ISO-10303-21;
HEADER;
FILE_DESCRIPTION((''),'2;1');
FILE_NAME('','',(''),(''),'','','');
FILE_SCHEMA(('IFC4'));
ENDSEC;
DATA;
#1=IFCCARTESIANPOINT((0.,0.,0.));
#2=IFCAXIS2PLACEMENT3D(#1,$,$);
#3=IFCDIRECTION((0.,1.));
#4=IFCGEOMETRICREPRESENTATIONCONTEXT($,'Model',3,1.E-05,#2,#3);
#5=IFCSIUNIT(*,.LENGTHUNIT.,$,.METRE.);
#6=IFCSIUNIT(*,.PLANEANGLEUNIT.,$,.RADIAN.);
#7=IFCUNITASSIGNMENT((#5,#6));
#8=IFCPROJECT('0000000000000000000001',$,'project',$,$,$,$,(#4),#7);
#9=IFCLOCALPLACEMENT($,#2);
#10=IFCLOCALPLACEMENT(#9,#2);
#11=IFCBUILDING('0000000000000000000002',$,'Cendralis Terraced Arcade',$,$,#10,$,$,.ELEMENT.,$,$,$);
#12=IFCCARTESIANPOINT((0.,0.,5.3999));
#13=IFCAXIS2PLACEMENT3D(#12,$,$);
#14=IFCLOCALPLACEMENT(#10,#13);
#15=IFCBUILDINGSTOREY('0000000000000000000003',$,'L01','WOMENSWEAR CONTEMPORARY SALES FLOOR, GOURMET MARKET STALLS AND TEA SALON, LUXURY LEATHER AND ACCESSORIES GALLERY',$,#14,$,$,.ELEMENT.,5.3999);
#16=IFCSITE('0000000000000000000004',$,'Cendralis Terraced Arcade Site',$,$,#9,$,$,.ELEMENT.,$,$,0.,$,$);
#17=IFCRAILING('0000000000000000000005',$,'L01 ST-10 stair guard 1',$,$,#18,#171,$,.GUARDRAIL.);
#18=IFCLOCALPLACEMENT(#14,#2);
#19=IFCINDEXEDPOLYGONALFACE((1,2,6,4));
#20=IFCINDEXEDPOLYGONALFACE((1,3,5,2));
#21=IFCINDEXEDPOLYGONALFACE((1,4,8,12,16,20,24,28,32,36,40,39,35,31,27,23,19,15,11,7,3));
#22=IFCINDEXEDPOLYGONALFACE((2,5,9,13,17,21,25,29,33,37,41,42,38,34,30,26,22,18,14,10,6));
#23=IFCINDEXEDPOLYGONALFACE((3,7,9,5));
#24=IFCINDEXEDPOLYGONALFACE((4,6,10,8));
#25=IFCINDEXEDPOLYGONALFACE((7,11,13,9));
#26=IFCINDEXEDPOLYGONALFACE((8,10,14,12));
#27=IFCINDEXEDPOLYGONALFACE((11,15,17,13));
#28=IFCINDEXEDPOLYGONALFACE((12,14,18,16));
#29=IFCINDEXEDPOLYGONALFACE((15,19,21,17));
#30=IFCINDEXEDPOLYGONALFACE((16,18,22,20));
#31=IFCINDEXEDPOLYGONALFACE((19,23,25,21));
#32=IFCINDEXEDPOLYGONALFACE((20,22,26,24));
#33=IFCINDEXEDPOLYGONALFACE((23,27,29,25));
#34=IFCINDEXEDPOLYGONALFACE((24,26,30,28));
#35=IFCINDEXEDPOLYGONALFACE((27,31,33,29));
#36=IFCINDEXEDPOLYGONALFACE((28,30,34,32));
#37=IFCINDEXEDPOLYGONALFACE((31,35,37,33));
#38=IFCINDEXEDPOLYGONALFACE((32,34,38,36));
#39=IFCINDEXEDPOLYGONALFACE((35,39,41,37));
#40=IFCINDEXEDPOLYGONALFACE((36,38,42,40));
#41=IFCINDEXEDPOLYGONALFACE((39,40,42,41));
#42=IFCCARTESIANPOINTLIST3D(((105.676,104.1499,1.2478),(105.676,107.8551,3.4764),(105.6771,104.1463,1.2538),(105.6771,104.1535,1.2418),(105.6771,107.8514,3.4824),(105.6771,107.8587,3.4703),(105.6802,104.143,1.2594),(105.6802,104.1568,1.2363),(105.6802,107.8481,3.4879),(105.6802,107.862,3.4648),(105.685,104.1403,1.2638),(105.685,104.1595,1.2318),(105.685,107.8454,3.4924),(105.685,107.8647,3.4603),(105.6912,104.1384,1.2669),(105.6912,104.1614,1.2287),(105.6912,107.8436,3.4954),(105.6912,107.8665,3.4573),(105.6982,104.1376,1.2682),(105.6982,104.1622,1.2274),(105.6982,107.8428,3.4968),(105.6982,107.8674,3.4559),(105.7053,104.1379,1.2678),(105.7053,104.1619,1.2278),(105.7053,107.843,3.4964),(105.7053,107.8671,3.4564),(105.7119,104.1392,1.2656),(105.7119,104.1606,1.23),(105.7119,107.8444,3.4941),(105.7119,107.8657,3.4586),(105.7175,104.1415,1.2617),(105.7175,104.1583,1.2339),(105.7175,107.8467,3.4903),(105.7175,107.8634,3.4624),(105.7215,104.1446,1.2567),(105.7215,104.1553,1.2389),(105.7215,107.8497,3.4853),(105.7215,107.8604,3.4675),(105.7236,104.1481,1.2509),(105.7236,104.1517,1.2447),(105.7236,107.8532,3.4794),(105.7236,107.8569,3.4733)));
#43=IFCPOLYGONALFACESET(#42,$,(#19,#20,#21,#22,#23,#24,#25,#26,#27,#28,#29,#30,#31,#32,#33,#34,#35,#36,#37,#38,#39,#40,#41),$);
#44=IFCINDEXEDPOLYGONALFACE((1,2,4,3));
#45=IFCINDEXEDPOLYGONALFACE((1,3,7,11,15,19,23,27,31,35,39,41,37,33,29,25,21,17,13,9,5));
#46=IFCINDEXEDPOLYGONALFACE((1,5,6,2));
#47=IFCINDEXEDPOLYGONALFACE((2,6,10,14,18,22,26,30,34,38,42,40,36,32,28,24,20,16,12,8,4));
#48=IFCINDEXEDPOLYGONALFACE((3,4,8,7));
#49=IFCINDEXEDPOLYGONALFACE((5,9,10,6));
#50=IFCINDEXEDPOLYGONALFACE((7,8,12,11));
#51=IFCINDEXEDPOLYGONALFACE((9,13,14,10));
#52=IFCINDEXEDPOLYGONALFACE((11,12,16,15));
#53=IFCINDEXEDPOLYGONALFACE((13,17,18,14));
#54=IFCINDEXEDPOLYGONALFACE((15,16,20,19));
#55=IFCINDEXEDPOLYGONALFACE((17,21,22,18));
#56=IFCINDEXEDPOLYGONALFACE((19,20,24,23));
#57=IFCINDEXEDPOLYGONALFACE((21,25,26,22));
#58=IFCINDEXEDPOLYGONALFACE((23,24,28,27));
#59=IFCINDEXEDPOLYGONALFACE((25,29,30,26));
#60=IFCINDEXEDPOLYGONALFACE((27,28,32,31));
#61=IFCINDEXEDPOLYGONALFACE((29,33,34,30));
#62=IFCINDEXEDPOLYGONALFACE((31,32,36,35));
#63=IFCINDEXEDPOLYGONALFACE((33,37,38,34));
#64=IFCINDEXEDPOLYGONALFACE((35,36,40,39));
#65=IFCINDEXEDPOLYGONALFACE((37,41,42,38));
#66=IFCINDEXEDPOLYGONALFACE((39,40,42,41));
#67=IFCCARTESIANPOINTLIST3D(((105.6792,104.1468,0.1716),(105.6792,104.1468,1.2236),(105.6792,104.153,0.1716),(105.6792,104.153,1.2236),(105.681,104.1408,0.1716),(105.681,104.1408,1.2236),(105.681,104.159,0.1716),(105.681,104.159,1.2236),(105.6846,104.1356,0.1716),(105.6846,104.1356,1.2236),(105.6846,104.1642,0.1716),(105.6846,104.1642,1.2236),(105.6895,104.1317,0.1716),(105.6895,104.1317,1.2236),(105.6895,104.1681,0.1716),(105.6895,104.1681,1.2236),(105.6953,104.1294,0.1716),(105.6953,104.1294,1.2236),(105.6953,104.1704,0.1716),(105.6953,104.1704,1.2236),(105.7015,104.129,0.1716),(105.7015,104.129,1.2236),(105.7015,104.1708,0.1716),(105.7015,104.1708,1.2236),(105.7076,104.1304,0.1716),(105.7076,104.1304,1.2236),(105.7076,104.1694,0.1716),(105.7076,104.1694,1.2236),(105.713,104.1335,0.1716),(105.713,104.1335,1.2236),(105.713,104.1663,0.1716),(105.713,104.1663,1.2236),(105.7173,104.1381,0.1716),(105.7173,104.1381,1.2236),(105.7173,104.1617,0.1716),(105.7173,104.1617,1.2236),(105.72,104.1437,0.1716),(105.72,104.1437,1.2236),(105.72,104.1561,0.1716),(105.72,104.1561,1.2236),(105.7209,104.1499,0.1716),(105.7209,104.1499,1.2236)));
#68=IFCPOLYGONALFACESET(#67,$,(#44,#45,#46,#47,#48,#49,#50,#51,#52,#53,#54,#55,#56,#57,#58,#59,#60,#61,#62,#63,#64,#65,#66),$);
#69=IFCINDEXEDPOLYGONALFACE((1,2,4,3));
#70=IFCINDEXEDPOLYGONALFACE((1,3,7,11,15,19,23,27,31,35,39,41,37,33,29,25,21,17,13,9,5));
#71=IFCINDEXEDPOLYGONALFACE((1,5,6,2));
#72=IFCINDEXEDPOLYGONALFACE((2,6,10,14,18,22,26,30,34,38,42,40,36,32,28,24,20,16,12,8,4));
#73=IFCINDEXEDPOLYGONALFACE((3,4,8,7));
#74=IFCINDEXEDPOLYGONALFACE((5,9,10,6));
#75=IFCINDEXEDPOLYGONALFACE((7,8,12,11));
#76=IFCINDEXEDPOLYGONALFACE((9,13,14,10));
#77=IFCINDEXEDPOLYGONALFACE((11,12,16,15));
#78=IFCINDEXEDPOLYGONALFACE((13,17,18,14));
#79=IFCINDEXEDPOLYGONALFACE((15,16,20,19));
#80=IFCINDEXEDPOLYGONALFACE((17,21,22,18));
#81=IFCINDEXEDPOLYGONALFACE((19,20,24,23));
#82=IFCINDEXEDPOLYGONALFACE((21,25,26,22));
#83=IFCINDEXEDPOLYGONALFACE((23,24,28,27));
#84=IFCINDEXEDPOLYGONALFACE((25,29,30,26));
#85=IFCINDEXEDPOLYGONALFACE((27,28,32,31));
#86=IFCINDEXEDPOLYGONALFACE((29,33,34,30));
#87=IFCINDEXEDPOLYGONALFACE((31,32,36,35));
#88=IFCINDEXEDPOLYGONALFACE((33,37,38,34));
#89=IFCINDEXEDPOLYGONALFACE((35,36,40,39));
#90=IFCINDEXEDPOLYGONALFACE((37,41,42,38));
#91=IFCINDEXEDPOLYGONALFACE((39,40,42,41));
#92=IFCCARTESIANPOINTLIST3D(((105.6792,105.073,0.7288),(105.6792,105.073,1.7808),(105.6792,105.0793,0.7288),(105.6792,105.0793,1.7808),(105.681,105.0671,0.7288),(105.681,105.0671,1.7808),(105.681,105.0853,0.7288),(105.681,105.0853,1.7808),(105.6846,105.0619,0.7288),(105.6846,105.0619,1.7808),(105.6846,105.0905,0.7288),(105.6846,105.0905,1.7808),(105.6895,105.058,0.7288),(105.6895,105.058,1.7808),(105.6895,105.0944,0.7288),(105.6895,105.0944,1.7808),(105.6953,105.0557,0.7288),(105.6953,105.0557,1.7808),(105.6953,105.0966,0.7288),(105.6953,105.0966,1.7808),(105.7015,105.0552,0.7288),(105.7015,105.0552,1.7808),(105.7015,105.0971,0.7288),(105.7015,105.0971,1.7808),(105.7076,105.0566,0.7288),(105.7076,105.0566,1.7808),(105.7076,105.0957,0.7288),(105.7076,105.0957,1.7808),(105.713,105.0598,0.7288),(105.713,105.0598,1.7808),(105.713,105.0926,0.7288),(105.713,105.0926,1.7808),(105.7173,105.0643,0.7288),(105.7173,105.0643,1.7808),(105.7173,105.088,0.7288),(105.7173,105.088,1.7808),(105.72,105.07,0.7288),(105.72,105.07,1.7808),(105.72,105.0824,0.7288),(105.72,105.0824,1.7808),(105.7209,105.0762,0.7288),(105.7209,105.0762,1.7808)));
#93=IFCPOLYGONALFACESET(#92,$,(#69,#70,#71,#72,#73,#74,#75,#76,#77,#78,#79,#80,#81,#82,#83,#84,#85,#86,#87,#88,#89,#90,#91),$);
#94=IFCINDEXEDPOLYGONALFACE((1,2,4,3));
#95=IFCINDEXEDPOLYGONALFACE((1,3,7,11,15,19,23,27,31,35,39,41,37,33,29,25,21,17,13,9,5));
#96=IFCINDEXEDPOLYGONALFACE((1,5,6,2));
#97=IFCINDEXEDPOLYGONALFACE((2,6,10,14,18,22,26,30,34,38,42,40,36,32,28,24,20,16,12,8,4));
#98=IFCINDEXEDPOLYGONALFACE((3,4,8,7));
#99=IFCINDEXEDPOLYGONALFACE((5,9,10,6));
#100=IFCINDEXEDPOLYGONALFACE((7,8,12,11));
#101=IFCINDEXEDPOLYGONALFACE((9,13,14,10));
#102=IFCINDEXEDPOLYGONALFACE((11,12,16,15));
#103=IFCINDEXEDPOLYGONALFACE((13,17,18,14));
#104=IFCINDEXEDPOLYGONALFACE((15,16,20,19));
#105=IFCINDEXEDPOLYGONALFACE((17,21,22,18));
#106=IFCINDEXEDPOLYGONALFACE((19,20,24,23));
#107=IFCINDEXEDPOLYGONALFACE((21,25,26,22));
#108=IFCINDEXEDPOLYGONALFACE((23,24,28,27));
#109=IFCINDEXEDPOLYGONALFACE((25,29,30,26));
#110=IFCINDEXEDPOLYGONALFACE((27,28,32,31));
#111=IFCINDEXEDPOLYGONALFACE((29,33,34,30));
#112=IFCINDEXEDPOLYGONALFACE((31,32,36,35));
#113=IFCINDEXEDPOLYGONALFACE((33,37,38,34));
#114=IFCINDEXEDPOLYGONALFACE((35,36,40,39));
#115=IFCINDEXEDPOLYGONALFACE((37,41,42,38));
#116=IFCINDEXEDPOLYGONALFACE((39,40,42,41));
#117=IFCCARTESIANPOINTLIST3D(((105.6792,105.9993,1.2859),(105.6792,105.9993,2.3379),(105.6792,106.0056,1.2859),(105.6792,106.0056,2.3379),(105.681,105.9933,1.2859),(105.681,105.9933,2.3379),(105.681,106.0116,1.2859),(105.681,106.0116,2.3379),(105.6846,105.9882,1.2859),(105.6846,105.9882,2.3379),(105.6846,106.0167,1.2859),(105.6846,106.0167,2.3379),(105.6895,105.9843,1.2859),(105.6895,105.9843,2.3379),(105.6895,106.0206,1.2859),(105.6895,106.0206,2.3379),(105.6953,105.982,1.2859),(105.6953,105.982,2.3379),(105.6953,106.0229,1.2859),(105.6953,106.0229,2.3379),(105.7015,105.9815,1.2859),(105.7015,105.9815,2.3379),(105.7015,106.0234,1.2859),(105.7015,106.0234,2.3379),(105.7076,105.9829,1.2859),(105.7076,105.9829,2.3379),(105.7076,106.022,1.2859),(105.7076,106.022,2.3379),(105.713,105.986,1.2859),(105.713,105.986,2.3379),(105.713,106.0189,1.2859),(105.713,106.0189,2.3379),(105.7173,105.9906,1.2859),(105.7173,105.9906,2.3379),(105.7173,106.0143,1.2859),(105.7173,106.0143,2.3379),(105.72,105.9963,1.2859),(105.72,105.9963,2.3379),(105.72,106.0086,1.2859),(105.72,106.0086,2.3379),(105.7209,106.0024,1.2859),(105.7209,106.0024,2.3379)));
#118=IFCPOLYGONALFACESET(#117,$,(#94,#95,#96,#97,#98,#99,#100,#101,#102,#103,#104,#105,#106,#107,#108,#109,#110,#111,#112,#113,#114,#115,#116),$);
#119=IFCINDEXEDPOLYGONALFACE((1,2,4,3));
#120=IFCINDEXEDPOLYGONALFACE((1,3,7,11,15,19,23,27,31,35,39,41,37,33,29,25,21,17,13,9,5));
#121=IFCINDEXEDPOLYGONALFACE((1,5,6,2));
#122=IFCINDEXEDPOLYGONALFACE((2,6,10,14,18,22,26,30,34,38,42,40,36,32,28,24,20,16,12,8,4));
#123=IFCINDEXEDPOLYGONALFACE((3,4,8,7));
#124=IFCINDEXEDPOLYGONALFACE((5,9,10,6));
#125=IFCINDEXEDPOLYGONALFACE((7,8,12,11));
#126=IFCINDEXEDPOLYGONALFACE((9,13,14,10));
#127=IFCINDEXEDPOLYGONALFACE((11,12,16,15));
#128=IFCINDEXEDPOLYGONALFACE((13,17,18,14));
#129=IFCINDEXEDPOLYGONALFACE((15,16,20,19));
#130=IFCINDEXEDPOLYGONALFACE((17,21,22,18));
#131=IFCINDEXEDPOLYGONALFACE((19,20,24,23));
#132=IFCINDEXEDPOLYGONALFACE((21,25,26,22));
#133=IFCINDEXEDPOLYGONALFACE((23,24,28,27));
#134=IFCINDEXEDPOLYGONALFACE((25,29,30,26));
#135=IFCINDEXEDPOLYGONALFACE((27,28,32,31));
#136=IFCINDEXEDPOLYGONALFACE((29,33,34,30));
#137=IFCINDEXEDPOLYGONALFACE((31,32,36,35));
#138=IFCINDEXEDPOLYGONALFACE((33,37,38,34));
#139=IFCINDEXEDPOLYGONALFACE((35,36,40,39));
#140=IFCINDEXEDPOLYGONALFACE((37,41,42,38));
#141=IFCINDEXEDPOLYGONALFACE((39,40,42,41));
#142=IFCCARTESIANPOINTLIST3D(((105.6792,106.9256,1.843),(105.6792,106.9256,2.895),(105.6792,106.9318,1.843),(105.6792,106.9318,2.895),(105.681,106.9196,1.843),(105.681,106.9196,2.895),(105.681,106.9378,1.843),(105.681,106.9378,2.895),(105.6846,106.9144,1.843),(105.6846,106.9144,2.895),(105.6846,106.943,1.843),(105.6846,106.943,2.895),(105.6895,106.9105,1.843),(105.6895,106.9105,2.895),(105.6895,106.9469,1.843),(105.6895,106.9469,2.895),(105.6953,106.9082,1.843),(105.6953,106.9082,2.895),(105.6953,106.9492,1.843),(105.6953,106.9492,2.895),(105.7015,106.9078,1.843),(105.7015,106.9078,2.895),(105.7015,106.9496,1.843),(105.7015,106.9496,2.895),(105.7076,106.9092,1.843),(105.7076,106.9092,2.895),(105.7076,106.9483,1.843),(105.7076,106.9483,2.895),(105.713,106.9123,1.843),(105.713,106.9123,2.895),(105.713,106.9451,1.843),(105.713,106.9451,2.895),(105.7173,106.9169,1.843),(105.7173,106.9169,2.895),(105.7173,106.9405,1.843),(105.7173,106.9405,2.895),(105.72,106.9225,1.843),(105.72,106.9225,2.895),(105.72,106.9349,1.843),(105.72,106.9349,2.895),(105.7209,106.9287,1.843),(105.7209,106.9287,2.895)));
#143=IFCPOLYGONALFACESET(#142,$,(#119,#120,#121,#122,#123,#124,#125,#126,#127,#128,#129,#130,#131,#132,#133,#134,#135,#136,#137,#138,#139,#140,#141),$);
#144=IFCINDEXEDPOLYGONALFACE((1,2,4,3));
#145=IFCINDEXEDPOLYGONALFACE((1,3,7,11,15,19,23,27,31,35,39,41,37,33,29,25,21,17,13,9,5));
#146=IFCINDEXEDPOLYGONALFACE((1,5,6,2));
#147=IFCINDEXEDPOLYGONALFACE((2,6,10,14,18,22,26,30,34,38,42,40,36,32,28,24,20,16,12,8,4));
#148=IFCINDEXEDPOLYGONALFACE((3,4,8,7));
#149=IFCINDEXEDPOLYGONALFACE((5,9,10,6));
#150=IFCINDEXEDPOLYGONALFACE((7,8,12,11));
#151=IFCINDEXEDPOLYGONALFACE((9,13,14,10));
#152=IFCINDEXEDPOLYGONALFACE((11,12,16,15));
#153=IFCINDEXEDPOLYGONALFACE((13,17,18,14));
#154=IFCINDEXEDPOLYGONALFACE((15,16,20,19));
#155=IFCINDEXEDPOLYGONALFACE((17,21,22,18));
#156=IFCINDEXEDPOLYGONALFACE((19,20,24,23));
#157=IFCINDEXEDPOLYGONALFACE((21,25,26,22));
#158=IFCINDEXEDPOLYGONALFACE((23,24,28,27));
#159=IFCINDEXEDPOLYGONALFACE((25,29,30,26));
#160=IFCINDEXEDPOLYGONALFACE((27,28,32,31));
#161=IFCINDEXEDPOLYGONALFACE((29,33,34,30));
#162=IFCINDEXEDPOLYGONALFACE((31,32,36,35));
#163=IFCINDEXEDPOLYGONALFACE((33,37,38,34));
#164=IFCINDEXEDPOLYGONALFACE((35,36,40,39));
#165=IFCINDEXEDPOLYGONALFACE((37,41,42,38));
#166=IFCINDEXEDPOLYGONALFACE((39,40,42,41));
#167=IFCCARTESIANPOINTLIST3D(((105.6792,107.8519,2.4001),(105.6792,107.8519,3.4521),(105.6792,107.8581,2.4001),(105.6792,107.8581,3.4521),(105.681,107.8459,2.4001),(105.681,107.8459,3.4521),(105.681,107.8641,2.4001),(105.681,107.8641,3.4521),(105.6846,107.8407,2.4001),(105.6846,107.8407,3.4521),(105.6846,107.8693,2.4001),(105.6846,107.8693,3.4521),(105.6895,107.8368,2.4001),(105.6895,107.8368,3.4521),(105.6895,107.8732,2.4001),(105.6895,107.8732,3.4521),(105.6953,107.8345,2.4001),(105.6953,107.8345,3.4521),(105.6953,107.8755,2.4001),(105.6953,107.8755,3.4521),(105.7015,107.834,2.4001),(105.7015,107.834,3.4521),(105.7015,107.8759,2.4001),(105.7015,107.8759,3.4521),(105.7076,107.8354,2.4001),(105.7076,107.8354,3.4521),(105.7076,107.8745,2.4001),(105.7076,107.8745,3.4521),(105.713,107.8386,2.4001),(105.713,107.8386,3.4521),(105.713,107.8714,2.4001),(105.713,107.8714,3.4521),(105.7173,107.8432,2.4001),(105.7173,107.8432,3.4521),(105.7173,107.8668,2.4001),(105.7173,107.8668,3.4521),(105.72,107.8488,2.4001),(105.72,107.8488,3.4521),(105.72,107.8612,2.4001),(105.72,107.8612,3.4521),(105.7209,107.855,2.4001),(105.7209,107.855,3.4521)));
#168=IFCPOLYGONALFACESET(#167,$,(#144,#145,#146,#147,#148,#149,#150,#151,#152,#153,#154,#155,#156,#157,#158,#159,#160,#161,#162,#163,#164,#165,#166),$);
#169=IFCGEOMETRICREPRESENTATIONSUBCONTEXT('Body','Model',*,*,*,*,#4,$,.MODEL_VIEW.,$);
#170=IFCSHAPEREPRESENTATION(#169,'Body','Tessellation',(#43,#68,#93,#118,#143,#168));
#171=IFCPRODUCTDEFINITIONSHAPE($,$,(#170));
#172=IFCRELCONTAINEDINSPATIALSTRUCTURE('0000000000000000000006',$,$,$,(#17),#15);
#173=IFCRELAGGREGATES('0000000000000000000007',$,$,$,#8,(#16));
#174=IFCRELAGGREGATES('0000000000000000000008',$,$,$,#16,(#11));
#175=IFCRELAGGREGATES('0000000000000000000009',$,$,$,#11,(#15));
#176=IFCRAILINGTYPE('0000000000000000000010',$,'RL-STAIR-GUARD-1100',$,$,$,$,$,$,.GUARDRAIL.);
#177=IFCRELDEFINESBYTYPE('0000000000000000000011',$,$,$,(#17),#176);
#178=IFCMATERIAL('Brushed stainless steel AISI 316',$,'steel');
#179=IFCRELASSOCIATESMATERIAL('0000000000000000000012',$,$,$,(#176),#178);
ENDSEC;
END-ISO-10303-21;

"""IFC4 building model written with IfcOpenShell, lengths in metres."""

from ifc_helpers import new_model, si_unit, direction, frame, origin, origin_2d, place, context, subcontext, project, spatial, circle, extrude, material, type_object, element, save


model = new_model("IFC4")

# Units and contexts
model_context = context("Model", 3, precision=1e-05, world=origin(), true_north=direction((0.0, 1.0)))
body_context = subcontext(model_context, "Body", "Model", "MODEL_VIEW")
ifc_project = project(units=[si_unit("LENGTHUNIT", "METRE"), si_unit("PLANEANGLEUNIT", "RADIAN")], contexts=[model_context])

# Site, building, storey
site_placement = place(None, origin())
site = spatial("IfcSite", under=ifc_project, at=site_placement, Name="Cendralis Terraced Arcade Site", CompositionType="ELEMENT", RefElevation=0.0)
building_placement = place(site_placement, origin())
building = spatial("IfcBuilding", under=site, at=building_placement, Name="Cendralis Terraced Arcade", CompositionType="ELEMENT")
storey_placement = place(building_placement, frame((0.0, 0.0, 5.3999)))
storey = spatial("IfcBuildingStorey", under=building, at=storey_placement, Name="L01", Description="WOMENSWEAR CONTEMPORARY SALES FLOOR, GOURMET MARKET STALLS AND TEA SALON, LUXURY LEATHER AND ACCESSORIES GALLERY", CompositionType="ELEMENT", Elevation=5.3999)

# Railing
ifc_material_1 = material(Name="Brushed stainless steel AISI 316", Category="steel")
railing_type_1 = type_object("IfcRailingType", Name="RL-STAIR-GUARD-1100", PredefinedType="GUARDRAIL", material=ifc_material_1)
railing_1_placement = place(storey_placement, frame((105.7, 104.1499, 0.1716)))
element("IfcRailing", 1, at=railing_1_placement, inside=storey, type_object=railing_type_1, Name="L01 ST-10 stair guard 1", PredefinedType="GUARDRAIL", context=body_context, shape_type="SweptSolid", body=[
    extrude(circle(Radius=0.0239, at=origin_2d()), frame((0.0, 0.0, 1.0762), z_axis=(0.0, 0.856934, 0.515425), x_axis=(-1.0, 0.0, 0.0)), (0.0, 0.0, 1.0), 4.3237),
    extrude(circle(Radius=0.021, at=origin_2d()), origin(), (0.0, 0.0, 1.0), 1.052),
    extrude(circle(Radius=0.021, at=origin_2d()), frame((0.0, 0.9263, 0.5571)), (0.0, 0.0, 1.0), 1.052),
    extrude(circle(Radius=0.021, at=origin_2d()), frame((0.0, 1.8525, 1.1143)), (0.0, 0.0, 1.0), 1.052),
    extrude(circle(Radius=0.021, at=origin_2d()), frame((0.0, 2.7788, 1.6714)), (0.0, 0.0, 1.0), 1.052),
    extrude(circle(Radius=0.021, at=origin_2d()), frame((0.0, 3.7051, 2.2285)), (0.0, 0.0, 1.0), 1.052),
])

save(model, "model.ifc")
